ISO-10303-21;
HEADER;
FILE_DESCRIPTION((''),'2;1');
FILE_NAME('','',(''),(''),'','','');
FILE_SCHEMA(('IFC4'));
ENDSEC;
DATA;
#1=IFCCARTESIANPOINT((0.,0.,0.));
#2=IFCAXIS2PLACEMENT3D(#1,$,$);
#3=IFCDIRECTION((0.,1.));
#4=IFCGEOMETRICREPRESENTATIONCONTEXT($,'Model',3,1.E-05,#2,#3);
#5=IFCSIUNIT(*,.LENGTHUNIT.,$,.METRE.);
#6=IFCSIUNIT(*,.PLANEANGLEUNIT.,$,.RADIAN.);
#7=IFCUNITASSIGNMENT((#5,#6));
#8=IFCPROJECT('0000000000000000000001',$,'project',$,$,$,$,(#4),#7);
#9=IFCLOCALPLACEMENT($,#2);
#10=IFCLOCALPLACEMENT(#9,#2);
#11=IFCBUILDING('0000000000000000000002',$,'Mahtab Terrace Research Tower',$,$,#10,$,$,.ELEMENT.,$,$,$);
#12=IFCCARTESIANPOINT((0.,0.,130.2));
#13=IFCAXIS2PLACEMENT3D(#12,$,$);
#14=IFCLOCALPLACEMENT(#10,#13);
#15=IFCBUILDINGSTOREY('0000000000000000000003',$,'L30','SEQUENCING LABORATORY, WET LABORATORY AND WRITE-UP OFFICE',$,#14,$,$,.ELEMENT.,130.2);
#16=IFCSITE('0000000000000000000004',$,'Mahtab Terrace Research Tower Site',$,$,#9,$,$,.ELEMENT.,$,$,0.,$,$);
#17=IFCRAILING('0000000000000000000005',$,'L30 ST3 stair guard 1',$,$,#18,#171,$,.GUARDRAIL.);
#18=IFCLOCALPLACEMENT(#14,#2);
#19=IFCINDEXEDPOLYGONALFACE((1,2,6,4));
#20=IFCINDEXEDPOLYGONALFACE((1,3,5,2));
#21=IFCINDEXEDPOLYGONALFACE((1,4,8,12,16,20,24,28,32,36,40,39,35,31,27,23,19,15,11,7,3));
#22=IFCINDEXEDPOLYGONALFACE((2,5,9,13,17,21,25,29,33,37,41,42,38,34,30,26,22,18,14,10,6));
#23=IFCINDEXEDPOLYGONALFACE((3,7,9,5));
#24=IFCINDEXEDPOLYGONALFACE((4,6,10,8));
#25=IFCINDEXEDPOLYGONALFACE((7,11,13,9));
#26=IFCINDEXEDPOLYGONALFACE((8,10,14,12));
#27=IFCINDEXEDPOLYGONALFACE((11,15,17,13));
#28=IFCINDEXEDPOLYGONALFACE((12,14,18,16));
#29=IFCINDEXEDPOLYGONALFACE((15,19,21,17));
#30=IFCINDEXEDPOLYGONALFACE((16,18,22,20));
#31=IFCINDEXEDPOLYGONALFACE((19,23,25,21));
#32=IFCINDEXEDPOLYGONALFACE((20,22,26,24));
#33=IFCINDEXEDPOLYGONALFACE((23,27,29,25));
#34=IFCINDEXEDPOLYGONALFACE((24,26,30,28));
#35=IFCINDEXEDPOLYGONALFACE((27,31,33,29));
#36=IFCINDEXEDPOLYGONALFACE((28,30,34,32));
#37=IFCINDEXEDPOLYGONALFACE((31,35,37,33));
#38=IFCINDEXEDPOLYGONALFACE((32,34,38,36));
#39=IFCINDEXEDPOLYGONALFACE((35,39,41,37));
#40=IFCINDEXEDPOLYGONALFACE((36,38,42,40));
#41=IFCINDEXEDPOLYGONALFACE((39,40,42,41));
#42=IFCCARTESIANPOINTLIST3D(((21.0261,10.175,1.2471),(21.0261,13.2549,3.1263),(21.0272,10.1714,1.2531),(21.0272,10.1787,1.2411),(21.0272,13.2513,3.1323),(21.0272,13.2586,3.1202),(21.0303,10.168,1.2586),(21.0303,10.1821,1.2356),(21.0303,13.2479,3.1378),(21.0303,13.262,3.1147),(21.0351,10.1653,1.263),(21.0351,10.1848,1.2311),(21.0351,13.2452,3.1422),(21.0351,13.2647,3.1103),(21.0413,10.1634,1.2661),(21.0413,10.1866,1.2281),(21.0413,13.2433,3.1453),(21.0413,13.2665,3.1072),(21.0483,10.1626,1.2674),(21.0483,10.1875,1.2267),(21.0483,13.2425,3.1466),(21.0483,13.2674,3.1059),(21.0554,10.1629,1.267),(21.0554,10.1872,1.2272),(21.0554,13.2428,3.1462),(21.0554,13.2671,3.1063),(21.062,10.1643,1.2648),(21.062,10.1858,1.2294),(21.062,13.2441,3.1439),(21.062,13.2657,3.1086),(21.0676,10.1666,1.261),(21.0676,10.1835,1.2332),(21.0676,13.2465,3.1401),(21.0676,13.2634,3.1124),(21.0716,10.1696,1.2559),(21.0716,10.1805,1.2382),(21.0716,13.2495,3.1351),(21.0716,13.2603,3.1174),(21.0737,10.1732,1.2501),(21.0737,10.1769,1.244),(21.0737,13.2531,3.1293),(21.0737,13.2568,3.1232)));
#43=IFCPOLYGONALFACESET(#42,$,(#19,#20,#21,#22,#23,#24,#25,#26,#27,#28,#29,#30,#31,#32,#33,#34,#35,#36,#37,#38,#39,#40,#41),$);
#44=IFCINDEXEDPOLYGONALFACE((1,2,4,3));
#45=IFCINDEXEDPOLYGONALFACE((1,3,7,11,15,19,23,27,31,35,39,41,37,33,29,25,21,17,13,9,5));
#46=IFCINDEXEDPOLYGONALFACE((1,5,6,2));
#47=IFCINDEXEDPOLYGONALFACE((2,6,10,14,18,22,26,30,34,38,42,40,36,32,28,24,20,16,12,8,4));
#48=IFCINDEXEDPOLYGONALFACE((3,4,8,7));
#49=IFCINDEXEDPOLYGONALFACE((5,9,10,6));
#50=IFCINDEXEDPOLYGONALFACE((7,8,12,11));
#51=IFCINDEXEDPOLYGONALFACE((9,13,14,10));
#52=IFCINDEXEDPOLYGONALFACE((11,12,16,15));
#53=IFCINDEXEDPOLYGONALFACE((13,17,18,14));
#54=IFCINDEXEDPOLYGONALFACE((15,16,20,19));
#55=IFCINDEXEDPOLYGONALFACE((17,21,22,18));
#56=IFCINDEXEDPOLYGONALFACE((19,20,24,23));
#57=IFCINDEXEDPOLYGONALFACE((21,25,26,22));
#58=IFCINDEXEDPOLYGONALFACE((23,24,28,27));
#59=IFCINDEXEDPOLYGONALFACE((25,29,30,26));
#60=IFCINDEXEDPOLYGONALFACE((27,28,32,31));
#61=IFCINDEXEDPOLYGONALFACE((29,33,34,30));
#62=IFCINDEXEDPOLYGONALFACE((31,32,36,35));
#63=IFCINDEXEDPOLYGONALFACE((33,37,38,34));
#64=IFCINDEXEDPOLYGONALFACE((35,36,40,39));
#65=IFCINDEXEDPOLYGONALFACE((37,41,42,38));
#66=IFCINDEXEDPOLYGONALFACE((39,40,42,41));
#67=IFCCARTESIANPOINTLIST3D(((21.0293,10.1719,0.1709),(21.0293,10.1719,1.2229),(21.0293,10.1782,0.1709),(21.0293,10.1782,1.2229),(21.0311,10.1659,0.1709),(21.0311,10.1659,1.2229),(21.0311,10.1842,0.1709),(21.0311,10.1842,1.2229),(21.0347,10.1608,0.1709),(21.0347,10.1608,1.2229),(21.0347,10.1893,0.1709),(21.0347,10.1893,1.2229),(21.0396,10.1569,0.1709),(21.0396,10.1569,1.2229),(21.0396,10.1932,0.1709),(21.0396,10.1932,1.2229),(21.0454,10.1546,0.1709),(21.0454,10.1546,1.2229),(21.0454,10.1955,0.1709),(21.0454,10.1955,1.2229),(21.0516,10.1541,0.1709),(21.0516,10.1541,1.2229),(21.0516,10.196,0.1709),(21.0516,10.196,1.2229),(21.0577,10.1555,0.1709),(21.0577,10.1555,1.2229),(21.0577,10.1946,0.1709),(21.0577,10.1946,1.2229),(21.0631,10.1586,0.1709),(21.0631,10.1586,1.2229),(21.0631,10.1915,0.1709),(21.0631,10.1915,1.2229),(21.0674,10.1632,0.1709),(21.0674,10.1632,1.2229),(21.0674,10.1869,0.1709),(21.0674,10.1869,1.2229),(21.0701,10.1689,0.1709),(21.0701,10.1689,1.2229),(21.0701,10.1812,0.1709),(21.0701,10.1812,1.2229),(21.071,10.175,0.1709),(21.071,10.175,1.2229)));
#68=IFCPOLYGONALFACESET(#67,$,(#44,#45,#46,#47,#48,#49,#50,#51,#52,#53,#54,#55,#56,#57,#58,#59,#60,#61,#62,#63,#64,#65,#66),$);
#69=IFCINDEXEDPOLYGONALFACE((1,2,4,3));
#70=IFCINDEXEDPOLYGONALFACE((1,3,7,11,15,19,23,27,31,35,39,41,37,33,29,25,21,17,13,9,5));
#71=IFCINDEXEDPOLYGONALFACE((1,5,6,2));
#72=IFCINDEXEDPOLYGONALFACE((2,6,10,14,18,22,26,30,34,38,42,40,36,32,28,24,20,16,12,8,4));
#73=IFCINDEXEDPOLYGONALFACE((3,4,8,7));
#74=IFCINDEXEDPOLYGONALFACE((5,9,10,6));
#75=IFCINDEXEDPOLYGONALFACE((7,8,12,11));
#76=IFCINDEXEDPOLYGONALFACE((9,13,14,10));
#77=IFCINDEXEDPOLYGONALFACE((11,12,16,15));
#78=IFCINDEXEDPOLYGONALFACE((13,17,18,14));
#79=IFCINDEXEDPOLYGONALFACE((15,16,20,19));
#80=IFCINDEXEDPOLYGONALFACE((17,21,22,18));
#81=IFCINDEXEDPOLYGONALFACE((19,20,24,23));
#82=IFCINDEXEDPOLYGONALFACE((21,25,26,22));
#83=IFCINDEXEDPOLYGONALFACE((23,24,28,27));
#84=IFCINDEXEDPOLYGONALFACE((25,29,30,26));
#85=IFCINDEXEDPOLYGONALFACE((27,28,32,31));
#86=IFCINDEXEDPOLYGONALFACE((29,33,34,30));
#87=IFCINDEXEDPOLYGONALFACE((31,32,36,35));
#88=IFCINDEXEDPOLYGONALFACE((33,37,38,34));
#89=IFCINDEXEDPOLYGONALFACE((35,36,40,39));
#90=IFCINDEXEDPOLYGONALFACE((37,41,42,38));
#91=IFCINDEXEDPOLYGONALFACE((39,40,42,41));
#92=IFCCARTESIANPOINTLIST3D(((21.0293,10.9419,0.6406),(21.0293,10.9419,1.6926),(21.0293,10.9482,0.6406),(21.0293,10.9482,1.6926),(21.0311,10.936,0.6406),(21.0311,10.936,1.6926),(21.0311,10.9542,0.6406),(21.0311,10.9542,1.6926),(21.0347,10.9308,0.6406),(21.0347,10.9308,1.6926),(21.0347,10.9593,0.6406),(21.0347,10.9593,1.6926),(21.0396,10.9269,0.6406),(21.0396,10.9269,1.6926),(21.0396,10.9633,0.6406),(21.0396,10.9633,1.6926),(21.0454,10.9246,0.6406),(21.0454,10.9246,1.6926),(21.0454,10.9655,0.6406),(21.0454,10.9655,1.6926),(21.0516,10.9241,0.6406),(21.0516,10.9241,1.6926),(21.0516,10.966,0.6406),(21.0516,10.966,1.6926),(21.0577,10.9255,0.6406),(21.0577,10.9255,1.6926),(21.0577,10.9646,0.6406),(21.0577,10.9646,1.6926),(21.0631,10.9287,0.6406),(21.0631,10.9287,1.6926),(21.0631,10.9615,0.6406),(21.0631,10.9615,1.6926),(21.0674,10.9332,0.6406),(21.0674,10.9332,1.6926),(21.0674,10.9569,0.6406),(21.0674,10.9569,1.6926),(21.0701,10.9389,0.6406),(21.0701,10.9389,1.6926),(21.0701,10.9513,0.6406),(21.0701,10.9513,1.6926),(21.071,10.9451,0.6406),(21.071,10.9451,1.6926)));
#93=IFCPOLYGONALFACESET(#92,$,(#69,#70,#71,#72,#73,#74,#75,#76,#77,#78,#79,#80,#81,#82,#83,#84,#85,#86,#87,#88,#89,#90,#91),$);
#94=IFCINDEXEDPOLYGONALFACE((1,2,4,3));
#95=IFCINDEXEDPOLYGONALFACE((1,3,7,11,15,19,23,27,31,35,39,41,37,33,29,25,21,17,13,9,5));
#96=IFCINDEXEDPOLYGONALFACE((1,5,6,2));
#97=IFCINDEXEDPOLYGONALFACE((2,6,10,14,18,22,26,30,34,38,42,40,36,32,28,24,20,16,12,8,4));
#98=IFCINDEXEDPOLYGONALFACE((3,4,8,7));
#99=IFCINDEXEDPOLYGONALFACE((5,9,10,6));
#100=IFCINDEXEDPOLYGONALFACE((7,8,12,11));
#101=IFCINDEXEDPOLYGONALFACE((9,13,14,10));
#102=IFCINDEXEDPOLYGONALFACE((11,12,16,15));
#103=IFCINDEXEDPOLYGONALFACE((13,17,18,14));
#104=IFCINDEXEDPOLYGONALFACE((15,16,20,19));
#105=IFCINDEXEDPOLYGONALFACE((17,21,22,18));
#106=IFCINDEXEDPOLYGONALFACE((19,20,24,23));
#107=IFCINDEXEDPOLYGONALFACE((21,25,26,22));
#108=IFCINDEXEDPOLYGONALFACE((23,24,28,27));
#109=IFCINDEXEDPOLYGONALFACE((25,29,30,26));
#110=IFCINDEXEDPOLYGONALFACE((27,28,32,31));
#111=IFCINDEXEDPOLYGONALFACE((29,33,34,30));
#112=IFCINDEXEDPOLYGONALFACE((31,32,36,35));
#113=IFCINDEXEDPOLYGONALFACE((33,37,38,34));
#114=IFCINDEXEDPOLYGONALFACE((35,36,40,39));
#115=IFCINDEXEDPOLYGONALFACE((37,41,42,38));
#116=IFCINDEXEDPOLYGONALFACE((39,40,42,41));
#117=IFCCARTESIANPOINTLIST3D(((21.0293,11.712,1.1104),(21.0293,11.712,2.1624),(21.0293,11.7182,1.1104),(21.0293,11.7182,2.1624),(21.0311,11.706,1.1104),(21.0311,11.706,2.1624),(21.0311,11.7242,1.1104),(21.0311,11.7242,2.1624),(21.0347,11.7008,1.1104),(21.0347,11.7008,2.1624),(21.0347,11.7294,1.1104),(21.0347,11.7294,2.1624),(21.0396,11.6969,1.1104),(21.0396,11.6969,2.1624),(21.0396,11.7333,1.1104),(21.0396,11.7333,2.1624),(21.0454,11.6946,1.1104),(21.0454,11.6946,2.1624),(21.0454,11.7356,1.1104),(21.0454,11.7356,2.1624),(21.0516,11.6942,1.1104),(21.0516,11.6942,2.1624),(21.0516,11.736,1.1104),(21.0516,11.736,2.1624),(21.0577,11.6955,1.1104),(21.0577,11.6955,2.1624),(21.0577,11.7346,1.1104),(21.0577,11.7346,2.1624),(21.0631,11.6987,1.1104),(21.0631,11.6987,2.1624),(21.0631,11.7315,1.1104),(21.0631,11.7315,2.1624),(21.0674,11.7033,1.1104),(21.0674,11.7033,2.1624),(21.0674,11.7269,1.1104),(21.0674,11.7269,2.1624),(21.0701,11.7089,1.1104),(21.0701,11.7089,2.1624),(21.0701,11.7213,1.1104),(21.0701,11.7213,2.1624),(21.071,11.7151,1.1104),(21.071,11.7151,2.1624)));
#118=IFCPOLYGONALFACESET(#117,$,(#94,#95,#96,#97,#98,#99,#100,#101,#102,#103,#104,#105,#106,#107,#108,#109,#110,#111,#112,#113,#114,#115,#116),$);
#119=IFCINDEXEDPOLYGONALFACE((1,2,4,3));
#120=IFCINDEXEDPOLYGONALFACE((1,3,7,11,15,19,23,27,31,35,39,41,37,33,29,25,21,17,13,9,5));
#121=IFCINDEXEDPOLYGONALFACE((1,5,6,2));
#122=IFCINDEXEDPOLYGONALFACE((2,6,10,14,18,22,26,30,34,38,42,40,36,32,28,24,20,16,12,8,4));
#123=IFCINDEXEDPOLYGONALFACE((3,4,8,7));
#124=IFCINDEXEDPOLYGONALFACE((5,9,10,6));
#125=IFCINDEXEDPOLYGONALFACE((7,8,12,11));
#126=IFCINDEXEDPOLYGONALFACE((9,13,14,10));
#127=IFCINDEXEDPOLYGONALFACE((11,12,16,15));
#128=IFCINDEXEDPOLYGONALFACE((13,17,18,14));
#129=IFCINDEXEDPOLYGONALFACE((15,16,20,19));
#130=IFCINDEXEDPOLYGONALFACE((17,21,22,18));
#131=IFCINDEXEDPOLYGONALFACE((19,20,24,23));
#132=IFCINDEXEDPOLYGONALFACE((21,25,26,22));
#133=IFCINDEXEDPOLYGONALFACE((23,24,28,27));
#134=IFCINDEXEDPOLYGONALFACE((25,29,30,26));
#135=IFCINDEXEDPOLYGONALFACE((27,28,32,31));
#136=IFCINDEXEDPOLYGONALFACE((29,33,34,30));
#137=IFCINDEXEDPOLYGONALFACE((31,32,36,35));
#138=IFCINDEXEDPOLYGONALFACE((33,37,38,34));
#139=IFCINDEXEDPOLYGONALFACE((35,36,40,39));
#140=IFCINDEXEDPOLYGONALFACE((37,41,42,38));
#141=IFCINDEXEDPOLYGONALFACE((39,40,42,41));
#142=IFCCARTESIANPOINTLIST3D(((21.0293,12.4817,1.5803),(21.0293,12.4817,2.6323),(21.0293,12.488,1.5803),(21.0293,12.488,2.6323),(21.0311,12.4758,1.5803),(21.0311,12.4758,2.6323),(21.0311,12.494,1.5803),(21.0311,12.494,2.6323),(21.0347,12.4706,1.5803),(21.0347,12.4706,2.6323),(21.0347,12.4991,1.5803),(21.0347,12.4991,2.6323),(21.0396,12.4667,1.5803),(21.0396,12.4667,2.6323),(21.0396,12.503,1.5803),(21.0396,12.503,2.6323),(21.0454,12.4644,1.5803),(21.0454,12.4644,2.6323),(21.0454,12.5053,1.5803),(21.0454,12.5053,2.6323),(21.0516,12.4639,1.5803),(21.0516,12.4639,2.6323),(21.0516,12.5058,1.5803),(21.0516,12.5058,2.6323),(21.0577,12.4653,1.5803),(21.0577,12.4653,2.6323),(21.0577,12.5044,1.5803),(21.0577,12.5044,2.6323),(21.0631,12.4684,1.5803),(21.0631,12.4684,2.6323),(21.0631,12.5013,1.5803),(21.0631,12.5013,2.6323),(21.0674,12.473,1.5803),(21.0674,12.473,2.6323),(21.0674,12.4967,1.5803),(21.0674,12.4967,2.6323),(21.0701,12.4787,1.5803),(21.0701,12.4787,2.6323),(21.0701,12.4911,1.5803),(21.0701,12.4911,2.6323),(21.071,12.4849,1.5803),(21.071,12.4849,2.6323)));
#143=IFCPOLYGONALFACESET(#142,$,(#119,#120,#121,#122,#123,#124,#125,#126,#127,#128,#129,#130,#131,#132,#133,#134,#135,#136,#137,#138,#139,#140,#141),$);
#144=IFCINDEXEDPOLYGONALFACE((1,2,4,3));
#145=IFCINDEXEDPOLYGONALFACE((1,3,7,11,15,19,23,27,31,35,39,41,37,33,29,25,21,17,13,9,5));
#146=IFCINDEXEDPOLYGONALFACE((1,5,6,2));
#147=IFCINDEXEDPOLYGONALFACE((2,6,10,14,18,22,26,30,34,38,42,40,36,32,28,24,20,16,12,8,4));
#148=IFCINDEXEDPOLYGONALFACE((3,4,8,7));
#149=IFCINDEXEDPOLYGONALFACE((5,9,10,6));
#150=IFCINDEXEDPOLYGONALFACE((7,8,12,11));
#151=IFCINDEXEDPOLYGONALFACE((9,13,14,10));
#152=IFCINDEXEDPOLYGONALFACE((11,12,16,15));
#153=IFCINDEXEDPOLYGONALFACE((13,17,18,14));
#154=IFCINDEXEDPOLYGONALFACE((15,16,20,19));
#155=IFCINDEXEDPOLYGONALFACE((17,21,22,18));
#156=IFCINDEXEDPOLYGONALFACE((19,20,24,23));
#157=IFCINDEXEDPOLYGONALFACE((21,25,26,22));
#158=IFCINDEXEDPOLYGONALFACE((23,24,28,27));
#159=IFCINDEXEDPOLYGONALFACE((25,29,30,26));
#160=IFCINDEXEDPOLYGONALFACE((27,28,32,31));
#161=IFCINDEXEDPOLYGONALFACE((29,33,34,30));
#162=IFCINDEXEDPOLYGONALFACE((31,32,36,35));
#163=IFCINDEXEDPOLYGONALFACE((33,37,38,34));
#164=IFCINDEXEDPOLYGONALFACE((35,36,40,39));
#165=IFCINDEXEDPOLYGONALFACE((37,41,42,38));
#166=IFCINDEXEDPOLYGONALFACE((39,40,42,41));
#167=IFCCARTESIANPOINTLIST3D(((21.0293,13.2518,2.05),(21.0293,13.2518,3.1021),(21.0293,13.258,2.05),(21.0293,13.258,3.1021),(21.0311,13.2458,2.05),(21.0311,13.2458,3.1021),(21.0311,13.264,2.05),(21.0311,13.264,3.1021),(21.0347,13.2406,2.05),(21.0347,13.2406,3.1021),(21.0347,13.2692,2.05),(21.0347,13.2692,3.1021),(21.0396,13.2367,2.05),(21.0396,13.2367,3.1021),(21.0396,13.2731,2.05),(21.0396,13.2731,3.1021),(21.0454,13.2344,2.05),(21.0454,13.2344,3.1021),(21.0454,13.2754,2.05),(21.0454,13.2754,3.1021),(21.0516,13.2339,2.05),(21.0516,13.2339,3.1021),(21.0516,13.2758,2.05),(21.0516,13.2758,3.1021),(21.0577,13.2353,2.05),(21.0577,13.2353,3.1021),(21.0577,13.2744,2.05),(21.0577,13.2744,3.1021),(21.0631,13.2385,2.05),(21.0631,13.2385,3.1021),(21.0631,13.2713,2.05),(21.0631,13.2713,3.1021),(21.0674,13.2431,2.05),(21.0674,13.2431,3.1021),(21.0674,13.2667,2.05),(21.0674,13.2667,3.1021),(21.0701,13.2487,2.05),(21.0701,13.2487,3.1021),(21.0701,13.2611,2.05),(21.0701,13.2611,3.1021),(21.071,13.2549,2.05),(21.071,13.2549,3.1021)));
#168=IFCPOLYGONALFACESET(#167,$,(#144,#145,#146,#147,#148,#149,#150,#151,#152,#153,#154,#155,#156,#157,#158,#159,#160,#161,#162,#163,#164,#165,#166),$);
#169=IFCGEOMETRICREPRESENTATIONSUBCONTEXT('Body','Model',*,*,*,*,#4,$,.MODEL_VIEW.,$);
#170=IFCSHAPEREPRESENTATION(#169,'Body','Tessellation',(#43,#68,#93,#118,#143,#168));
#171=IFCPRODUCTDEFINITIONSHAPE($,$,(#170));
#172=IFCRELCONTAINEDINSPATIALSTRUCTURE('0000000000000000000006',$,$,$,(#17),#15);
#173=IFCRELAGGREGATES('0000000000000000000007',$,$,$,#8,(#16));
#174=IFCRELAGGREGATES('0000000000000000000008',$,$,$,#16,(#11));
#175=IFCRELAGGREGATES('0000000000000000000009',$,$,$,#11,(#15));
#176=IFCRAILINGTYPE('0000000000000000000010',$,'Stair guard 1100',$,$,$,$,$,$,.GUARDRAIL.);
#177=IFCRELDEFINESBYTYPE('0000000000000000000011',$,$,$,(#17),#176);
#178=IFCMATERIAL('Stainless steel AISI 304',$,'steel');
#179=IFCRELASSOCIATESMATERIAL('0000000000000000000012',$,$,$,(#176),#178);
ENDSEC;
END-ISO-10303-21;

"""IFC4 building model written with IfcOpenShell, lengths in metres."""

from ifc_helpers import new_model, si_unit, direction, frame, origin, origin_2d, place, context, subcontext, project, spatial, circle, extrude, material, type_object, element, save


model = new_model("IFC4")

# Units and contexts
model_context = context("Model", 3, precision=1e-05, world=origin(), true_north=direction((0.0, 1.0)))
body_context = subcontext(model_context, "Body", "Model", "MODEL_VIEW")
ifc_project = project(units=[si_unit("LENGTHUNIT", "METRE"), si_unit("PLANEANGLEUNIT", "RADIAN")], contexts=[model_context])

# Site, building, storey
site_placement = place(None, origin())
site = spatial("IfcSite", under=ifc_project, at=site_placement, Name="Mahtab Terrace Research Tower Site", CompositionType="ELEMENT", RefElevation=0.0)
building_placement = place(site_placement, origin())
building = spatial("IfcBuilding", under=site, at=building_placement, Name="Mahtab Terrace Research Tower", CompositionType="ELEMENT")
storey_placement = place(building_placement, frame((0.0, 0.0, 130.2)))
storey = spatial("IfcBuildingStorey", under=building, at=storey_placement, Name="L30", Description="SEQUENCING LABORATORY, WET LABORATORY AND WRITE-UP OFFICE", CompositionType="ELEMENT", Elevation=130.2)

# Railing
ifc_material_1 = material(Name="Stainless steel AISI 304", Category="steel")
railing_type_1 = type_object("IfcRailingType", Name="Stair guard 1100", PredefinedType="GUARDRAIL", material=ifc_material_1)
railing_1_placement = place(storey_placement, frame((21.05, 10.175, 0.1709)))
element("IfcRailing", 1, at=railing_1_placement, inside=storey, type_object=railing_type_1, Name="L30 ST3 stair guard 1", PredefinedType="GUARDRAIL", context=body_context, shape_type="SweptSolid", body=[
    extrude(circle(Radius=0.0239, at=origin_2d()), frame((0.0, 0.0, 1.0762), z_axis=(0.0, 0.853648, 0.52085), x_axis=(-1.0, 0.0, 0.0)), (0.0, 0.0, 1.0), 3.6079),
    extrude(circle(Radius=0.021, at=origin_2d()), origin(), (0.0, 0.0, 1.0), 1.052),
    extrude(circle(Radius=0.021, at=origin_2d()), frame((0.0, 0.77, 0.4697)), (0.0, 0.0, 1.0), 1.052),
    extrude(circle(Radius=0.021, at=origin_2d()), frame((0.0, 1.54, 0.9395)), (0.0, 0.0, 1.0), 1.052),
    extrude(circle(Radius=0.021, at=origin_2d()), frame((0.0, 2.3098, 1.4094)), (0.0, 0.0, 1.0), 1.052),
    extrude(circle(Radius=0.021, at=origin_2d()), frame((0.0, 3.0798, 1.8792)), (0.0, 0.0, 1.0), 1.052),
])

save(model, "model.ifc")
